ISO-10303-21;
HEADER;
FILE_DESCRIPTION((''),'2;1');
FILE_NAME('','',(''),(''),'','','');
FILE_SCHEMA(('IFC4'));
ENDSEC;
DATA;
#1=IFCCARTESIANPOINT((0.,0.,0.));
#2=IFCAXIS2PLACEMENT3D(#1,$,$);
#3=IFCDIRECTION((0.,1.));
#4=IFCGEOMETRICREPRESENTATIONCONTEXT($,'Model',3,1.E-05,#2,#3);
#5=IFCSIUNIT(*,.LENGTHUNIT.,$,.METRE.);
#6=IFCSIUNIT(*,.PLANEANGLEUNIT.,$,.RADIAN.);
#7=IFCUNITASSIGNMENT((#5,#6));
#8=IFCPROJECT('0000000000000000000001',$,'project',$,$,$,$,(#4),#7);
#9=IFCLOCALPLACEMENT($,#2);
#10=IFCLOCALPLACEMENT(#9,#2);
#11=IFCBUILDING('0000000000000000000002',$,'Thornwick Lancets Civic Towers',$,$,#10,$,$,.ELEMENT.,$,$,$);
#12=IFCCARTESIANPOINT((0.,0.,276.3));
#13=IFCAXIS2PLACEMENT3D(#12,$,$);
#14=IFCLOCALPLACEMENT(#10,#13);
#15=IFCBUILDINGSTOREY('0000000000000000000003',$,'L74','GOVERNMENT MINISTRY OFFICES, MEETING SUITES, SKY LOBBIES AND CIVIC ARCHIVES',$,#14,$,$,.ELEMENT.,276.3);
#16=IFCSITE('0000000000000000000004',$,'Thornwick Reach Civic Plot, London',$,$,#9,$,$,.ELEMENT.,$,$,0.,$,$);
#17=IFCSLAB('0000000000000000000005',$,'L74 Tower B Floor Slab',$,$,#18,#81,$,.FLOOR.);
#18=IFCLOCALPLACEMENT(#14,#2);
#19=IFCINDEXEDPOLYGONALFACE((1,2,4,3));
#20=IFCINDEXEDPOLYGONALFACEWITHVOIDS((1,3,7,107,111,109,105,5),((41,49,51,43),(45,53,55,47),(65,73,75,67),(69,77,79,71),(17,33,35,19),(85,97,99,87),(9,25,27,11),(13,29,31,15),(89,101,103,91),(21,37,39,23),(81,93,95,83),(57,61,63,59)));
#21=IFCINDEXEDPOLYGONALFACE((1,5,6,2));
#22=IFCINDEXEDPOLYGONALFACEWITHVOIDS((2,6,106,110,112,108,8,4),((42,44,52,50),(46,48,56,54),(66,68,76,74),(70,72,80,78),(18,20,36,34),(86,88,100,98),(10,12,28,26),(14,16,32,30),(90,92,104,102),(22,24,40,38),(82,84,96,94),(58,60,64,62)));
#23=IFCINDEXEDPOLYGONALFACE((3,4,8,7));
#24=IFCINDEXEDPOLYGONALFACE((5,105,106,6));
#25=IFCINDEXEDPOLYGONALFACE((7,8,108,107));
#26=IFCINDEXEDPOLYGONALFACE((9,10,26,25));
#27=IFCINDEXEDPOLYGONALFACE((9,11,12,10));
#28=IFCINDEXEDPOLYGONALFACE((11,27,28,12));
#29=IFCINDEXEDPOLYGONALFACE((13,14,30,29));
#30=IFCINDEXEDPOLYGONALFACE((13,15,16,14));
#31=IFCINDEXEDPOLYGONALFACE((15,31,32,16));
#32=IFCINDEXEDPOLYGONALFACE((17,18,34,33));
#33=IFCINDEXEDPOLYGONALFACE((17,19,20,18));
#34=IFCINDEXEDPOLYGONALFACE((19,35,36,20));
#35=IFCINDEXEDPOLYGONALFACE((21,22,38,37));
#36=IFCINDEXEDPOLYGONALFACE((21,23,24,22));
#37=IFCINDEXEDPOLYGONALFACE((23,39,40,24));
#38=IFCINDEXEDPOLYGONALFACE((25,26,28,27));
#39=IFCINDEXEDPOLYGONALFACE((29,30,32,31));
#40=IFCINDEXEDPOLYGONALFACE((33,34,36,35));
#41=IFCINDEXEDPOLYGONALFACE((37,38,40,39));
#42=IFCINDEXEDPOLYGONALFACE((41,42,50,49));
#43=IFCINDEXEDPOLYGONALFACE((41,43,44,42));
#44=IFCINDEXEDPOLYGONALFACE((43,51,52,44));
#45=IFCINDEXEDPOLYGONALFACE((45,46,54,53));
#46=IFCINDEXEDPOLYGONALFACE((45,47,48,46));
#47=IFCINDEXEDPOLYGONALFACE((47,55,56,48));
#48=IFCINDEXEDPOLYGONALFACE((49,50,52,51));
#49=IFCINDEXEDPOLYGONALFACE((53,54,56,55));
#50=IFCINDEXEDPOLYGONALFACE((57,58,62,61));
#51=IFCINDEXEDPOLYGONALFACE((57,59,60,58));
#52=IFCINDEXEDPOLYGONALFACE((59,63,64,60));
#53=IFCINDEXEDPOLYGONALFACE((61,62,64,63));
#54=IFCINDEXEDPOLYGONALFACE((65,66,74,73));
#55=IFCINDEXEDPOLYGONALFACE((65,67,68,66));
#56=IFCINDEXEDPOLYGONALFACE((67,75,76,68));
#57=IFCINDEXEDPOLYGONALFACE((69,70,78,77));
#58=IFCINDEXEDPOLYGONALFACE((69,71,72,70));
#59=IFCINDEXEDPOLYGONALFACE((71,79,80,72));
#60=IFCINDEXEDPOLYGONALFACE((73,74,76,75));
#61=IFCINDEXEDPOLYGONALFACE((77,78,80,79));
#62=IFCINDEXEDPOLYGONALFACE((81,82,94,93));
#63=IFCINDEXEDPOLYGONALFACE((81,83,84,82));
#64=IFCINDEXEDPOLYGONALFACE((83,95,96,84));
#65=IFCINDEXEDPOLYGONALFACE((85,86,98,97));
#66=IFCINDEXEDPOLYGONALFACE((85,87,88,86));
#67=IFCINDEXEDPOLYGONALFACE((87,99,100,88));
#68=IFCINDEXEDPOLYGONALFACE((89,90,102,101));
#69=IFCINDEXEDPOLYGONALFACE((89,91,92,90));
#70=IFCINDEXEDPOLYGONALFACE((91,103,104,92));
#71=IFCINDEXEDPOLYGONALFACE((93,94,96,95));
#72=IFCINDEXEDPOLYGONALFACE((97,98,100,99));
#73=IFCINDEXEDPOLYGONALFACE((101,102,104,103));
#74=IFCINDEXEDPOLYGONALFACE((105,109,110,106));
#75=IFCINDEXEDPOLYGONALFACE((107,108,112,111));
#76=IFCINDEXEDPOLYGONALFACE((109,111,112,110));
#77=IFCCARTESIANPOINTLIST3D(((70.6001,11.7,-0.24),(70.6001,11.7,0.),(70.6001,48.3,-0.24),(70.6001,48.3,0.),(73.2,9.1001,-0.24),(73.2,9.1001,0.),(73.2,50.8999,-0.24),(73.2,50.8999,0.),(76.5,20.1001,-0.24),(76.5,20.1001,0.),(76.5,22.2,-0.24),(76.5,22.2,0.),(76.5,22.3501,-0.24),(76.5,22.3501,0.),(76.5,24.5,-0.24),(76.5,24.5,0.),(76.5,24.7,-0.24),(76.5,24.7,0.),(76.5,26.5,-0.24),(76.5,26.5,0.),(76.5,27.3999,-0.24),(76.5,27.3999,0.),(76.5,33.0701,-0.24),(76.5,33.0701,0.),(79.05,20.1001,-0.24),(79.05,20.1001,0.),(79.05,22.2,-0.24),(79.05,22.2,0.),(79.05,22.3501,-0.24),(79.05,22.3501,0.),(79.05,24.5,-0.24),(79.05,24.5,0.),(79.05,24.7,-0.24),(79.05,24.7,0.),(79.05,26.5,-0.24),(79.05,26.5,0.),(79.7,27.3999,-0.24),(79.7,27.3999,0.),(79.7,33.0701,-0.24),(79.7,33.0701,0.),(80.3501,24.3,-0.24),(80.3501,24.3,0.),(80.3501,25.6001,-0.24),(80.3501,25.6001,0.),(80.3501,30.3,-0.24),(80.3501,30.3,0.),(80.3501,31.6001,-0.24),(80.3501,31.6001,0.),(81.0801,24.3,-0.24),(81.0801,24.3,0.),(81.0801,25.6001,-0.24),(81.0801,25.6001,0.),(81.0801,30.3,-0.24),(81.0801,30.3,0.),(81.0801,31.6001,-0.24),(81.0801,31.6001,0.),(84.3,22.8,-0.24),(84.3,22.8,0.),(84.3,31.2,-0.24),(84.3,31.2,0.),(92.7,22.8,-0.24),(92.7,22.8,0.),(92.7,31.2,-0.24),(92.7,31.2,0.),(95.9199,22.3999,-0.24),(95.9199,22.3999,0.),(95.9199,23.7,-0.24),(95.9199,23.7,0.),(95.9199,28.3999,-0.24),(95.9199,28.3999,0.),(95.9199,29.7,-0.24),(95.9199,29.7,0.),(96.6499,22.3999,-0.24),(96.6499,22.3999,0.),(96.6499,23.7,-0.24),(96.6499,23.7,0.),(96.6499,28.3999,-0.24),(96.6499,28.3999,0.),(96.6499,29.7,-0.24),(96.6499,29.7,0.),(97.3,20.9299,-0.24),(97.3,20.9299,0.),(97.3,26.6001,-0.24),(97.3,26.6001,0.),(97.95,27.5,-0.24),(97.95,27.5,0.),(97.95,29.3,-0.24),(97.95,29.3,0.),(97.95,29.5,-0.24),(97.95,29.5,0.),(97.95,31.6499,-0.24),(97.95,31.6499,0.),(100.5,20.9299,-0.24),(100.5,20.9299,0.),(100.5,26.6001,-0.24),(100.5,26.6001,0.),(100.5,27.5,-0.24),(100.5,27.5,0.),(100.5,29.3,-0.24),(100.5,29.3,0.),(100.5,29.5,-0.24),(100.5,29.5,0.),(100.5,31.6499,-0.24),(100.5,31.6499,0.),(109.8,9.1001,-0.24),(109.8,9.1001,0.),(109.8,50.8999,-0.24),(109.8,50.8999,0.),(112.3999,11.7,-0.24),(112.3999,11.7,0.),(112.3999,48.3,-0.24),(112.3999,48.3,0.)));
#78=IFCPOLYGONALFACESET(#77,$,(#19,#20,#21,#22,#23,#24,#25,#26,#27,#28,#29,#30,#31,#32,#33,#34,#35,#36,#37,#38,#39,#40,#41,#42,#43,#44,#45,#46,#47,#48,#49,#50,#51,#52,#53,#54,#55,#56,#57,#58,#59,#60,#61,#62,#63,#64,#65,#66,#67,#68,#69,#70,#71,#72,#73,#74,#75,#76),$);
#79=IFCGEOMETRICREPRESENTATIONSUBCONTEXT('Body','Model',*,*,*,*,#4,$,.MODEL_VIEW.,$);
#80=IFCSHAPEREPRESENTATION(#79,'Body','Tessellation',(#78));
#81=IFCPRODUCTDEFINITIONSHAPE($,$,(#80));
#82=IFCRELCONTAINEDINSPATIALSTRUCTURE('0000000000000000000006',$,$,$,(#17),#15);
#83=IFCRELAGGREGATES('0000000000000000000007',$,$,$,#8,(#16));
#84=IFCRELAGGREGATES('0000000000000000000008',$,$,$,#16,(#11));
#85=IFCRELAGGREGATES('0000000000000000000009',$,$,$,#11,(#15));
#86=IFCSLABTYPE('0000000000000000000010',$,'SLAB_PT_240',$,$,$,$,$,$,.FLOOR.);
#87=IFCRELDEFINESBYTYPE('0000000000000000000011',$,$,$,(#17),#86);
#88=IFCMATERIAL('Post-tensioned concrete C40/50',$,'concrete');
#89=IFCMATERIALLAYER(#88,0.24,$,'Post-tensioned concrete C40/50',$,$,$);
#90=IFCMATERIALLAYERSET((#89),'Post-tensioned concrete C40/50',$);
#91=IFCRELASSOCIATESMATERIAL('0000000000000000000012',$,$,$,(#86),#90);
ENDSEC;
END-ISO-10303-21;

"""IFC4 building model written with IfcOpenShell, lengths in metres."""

from ifc_helpers import new_model, si_unit, direction, frame, origin, place, context, subcontext, project, spatial, polyline, outline, extrude, material, layer, layer_set, type_object, element, save


model = new_model("IFC4")

# Units and contexts
model_context = context("Model", 3, precision=1e-05, world=origin(), true_north=direction((0.0, 1.0)))
body_context = subcontext(model_context, "Body", "Model", "MODEL_VIEW")
ifc_project = project(units=[si_unit("LENGTHUNIT", "METRE"), si_unit("PLANEANGLEUNIT", "RADIAN")], contexts=[model_context])

# Site, building, storey
site_placement = place(None, origin())
site = spatial("IfcSite", under=ifc_project, at=site_placement, Name="Thornwick Reach Civic Plot, London", CompositionType="ELEMENT", RefElevation=0.0)
building_placement = place(site_placement, origin())
building = spatial("IfcBuilding", under=site, at=building_placement, Name="Thornwick Lancets Civic Towers", CompositionType="ELEMENT")
storey_placement = place(building_placement, frame((0.0, 0.0, 276.3)))
storey = spatial("IfcBuildingStorey", under=building, at=storey_placement, Name="L74", Description="GOVERNMENT MINISTRY OFFICES, MEETING SUITES, SKY LOBBIES AND CIVIC ARCHIVES", CompositionType="ELEMENT", Elevation=276.3)

# Shared definitions
ifc_material_1 = material(Name="Post-tensioned concrete C40/50", Category="concrete")

# Slab
ifc_layer_1 = layer(ifc_material_1, 0.24, Name="Post-tensioned concrete C40/50")
ifc_layer_set_1 = layer_set([ifc_layer_1], Name="Post-tensioned concrete C40/50")
slab_type_1 = type_object("IfcSlabType", Name="SLAB_PT_240", PredefinedType="FLOOR", material=ifc_layer_set_1)
slab_1_placement = place(storey_placement, frame((0.0, 0.0, -0.24)))
element("IfcSlab", 1, at=slab_1_placement, inside=storey, type_object=slab_type_1, Name="L74 Tower B Floor Slab", PredefinedType="FLOOR", context=body_context, shape_type="SweptSolid", body=[
    extrude(outline(polyline([(73.2, 9.1001), (109.8, 9.1001), (112.3999, 11.7), (112.3999, 48.3), (109.8, 50.8999), (73.2, 50.8999), (70.6001, 48.3), (70.6001, 11.7), (73.2, 9.1001)]), holes=[polyline([(84.3, 22.8), (92.7, 22.8), (92.7, 31.2), (84.3, 31.2), (84.3, 22.8)]), polyline([(100.5, 20.9299), (100.5, 26.6001), (97.3, 26.6001), (97.3, 20.9299), (100.5, 20.9299)]), polyline([(76.5, 33.0701), (76.5, 27.3999), (79.7, 27.3999), (79.7, 33.0701), (76.5, 33.0701)]), polyline([(97.95, 27.5), (100.5, 27.5), (100.5, 29.3), (97.95, 29.3), (97.95, 27.5)]), polyline([(97.95, 29.5), (100.5, 29.5), (100.5, 31.6499), (97.95, 31.6499), (97.95, 29.5)]), polyline([(76.5, 24.7), (79.05, 24.7), (79.05, 26.5), (76.5, 26.5), (76.5, 24.7)]), polyline([(76.5, 22.3501), (79.05, 22.3501), (79.05, 24.5), (76.5, 24.5), (76.5, 22.3501)]), polyline([(76.5, 20.1001), (79.05, 20.1001), (79.05, 22.2), (76.5, 22.2), (76.5, 20.1001)]), polyline([(95.9199, 28.3999), (96.6499, 28.3999), (96.6499, 29.7), (95.9199, 29.7), (95.9199, 28.3999)]), polyline([(95.9199, 22.3999), (96.6499, 22.3999), (96.6499, 23.7), (95.9199, 23.7), (95.9199, 22.3999)]), polyline([(80.3501, 24.3), (81.0801, 24.3), (81.0801, 25.6001), (80.3501, 25.6001), (80.3501, 24.3)]), polyline([(80.3501, 30.3), (81.0801, 30.3), (81.0801, 31.6001), (80.3501, 31.6001), (80.3501, 30.3)])]), origin(), (0.0, 0.0, 1.0), 0.24),
])

save(model, "model.ifc")
